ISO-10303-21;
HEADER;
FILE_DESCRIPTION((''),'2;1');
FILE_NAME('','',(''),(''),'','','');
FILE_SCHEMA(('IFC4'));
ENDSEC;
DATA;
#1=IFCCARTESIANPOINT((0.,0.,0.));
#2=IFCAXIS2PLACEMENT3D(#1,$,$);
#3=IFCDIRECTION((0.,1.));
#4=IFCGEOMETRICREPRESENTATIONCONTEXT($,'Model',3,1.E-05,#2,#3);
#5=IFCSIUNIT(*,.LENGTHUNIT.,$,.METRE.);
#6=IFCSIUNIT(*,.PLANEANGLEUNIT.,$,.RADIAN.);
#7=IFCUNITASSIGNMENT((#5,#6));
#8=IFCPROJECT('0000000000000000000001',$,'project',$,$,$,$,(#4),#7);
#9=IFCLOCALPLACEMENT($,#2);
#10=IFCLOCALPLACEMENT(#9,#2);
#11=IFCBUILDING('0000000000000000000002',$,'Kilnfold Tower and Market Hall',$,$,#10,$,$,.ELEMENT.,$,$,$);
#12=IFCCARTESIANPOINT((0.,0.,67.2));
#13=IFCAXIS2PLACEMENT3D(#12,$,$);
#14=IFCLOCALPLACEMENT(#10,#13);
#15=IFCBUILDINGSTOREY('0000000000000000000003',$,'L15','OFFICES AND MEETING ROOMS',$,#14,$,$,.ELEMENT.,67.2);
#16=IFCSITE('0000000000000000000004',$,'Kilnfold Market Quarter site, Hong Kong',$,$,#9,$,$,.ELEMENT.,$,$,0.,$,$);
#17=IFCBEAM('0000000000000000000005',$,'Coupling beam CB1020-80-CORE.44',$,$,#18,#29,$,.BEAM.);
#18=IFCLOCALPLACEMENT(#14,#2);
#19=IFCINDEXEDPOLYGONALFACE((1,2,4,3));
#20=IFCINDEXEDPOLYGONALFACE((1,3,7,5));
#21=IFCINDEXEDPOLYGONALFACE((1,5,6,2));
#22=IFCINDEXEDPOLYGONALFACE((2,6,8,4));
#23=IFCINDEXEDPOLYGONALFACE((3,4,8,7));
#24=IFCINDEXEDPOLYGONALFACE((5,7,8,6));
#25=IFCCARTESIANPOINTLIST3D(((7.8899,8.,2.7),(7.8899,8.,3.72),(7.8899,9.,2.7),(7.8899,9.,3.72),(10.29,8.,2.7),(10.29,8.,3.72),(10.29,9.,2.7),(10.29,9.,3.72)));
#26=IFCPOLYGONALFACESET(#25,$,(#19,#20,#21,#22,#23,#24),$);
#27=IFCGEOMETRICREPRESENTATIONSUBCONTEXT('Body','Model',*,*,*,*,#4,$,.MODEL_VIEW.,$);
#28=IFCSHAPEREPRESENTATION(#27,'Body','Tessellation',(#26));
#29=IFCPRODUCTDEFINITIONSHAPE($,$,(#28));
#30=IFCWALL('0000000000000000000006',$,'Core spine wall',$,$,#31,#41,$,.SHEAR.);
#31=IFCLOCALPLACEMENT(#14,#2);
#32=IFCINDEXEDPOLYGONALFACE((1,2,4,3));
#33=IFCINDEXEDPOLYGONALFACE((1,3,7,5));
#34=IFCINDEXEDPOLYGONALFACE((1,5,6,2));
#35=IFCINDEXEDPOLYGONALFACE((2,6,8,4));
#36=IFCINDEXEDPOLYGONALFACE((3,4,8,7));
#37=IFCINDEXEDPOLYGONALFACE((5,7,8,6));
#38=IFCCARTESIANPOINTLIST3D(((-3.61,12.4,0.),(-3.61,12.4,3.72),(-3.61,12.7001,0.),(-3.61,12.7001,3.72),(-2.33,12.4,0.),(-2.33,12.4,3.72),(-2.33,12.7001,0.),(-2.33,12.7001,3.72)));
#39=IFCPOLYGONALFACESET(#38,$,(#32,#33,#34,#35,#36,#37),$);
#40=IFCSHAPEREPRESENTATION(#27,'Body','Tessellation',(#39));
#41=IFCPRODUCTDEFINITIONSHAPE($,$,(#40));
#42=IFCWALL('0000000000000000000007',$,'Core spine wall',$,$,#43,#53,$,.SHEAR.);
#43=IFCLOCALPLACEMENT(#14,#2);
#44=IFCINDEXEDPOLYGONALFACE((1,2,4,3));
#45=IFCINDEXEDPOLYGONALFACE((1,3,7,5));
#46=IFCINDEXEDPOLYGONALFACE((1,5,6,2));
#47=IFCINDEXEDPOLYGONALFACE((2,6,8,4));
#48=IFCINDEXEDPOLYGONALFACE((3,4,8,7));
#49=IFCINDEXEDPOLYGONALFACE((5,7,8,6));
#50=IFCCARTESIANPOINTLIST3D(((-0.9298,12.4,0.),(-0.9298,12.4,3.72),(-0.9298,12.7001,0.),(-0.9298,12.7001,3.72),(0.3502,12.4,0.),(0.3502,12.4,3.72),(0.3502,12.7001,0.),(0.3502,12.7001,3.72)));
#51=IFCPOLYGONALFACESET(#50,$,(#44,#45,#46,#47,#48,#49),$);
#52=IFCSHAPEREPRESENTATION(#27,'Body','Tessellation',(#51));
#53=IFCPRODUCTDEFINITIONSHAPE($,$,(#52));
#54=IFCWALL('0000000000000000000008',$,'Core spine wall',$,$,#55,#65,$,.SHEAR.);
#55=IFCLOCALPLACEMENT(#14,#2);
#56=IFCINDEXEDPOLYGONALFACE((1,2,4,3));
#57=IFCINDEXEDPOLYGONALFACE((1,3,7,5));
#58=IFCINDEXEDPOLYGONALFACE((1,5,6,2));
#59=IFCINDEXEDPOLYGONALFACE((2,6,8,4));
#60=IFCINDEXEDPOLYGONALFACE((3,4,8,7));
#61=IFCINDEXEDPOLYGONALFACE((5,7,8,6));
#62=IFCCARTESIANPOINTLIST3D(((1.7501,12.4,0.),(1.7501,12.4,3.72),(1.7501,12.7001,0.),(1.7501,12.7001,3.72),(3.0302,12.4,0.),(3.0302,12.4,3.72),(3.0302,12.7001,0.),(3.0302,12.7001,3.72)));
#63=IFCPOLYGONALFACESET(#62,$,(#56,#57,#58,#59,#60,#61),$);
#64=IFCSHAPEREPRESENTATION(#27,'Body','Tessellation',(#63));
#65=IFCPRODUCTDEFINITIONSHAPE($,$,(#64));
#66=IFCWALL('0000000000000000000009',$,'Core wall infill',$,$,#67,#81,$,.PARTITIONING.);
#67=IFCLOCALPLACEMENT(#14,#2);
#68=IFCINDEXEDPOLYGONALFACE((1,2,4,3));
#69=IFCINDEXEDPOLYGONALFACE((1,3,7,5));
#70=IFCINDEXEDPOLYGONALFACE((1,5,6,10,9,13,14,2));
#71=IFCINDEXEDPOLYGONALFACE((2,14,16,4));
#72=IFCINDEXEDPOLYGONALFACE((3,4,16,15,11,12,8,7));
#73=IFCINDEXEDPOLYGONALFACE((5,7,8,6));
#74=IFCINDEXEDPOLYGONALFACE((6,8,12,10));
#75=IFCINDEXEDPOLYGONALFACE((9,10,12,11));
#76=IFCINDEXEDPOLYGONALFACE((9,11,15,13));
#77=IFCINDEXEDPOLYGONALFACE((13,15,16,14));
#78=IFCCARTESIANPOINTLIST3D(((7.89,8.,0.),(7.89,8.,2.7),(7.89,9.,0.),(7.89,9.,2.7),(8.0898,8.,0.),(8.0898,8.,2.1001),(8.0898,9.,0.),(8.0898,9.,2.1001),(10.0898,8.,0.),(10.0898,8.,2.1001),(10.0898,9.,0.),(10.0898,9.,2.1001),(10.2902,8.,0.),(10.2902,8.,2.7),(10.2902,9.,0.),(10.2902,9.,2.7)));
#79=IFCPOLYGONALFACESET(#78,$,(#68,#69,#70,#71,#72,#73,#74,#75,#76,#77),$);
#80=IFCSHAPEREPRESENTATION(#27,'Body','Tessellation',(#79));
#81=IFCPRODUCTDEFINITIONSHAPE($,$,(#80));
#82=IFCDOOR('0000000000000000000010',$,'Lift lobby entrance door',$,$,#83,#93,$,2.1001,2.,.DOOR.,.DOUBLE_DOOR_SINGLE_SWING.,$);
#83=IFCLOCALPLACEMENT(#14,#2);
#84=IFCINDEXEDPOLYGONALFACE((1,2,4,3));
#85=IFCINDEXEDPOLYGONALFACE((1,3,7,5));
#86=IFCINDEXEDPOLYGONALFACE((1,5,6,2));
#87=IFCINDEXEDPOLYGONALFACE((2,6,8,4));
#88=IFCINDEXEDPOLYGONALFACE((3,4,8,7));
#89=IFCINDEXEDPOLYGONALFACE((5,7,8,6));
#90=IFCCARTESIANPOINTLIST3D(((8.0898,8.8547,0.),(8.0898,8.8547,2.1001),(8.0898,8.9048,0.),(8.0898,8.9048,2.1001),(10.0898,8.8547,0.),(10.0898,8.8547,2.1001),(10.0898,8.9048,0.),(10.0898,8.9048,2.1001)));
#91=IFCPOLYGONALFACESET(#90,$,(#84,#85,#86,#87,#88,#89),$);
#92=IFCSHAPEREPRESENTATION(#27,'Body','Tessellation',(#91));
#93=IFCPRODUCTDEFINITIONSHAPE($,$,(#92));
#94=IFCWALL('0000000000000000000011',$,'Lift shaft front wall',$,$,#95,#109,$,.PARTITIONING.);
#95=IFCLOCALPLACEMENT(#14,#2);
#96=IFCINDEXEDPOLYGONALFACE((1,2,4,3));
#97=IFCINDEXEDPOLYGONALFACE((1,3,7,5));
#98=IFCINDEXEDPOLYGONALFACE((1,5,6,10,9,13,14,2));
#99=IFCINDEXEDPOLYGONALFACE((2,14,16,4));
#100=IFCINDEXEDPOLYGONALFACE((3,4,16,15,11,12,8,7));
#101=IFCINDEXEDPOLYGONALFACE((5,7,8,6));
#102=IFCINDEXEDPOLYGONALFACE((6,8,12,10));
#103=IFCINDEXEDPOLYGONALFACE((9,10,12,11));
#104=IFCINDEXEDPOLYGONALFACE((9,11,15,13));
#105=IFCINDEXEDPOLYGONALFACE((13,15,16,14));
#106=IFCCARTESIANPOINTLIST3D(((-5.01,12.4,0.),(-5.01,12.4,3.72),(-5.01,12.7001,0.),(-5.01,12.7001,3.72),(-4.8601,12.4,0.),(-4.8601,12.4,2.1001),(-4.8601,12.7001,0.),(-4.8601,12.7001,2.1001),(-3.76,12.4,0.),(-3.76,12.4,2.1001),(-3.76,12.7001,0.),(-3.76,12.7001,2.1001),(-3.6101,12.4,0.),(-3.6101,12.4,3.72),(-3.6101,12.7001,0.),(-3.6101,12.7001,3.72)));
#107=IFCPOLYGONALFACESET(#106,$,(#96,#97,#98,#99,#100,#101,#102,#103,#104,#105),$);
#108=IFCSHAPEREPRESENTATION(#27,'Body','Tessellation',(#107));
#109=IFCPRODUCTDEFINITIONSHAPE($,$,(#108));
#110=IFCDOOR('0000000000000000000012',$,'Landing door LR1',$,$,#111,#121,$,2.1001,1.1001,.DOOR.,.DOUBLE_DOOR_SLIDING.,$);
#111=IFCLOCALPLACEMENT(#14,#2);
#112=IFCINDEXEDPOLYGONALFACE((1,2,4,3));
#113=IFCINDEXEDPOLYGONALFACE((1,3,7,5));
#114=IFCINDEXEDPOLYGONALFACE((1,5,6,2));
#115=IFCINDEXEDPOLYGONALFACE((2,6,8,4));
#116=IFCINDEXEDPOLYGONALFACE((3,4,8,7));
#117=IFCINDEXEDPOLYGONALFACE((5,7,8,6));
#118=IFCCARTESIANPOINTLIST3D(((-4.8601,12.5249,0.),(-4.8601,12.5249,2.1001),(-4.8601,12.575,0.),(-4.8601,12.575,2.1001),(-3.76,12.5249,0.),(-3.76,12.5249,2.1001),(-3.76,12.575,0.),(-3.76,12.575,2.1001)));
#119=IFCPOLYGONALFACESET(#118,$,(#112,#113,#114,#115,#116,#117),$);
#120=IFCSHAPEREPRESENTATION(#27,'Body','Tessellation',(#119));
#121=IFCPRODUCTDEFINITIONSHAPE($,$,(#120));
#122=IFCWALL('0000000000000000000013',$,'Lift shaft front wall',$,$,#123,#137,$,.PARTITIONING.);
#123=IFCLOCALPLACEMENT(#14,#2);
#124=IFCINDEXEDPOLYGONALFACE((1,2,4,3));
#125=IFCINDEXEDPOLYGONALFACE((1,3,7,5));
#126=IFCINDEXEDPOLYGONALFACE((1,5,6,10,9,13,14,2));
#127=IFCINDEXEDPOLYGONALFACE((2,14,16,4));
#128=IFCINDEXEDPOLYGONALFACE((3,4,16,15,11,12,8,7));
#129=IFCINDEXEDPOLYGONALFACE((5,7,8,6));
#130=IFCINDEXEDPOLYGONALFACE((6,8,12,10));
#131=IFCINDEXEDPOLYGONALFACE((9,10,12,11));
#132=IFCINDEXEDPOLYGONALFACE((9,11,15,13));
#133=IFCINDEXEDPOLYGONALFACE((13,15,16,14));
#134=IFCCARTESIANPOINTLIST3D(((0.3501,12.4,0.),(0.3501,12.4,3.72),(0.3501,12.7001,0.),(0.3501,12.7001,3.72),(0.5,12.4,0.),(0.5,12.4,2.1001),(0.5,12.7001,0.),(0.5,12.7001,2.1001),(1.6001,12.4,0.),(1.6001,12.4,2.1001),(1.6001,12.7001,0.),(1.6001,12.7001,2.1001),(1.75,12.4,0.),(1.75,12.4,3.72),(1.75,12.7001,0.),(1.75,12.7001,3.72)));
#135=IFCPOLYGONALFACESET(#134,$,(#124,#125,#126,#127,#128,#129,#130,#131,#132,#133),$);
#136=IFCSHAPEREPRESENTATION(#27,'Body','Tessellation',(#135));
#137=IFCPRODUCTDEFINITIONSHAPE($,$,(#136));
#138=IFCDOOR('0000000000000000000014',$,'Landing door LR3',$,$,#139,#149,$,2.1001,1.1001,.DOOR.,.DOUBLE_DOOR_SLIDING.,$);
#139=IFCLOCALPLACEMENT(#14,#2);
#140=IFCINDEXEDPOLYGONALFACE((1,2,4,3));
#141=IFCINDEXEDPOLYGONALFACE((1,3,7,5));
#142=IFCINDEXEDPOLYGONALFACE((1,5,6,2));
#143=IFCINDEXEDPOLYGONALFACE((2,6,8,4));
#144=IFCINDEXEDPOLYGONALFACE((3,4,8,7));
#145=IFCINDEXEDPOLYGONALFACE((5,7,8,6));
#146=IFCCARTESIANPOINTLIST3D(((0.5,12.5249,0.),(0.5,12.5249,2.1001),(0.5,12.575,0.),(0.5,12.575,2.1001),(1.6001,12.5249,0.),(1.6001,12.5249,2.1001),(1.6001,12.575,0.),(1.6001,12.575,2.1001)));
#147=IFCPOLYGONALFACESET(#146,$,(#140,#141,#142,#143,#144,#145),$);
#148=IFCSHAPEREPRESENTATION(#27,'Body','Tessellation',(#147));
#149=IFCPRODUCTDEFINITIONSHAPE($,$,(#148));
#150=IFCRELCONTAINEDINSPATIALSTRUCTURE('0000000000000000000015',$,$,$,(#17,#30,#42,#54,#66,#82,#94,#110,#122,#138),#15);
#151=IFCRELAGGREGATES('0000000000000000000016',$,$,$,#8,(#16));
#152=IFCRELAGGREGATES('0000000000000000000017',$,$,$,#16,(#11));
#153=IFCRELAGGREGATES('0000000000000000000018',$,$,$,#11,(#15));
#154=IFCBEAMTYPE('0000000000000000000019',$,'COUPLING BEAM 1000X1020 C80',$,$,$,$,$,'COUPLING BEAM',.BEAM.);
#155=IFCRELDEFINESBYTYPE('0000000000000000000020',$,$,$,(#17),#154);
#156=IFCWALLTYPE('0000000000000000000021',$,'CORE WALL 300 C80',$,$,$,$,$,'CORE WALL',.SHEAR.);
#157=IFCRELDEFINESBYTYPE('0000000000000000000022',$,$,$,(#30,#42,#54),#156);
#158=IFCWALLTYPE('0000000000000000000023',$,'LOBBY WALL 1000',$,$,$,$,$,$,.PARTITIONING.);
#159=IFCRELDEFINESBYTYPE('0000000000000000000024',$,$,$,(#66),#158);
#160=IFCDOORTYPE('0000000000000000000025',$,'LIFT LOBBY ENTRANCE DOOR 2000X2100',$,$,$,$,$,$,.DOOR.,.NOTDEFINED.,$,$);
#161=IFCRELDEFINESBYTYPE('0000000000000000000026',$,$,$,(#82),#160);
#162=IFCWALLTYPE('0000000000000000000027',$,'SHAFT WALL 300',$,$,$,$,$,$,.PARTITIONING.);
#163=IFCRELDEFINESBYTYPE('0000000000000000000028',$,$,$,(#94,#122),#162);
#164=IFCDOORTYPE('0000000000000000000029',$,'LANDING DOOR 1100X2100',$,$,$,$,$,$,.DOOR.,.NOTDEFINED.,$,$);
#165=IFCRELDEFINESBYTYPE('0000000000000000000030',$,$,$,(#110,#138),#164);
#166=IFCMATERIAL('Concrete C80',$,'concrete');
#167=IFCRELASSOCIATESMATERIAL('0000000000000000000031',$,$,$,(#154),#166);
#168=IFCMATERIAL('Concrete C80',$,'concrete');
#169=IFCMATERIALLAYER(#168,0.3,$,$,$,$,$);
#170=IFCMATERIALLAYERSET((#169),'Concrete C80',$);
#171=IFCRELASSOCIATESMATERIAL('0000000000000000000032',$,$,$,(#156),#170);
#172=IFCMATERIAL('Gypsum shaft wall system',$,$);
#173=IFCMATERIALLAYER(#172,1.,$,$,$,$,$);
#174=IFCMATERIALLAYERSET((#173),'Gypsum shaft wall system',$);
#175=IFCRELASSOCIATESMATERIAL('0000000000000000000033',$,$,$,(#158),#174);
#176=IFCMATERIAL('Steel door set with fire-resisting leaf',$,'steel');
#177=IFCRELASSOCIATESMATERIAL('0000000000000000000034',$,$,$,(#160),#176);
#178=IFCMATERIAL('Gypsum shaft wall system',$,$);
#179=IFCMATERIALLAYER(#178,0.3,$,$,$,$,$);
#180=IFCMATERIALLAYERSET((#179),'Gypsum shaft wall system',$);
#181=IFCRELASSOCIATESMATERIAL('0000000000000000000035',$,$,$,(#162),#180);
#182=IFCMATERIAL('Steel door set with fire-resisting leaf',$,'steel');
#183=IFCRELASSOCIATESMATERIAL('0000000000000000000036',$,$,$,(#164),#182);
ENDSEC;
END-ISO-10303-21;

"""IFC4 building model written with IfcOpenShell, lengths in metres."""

from ifc_helpers import new_model, si_unit, direction, frame, frame_2d, origin, origin_2d, place, context, subcontext, project, spatial, rectangle, extrude, source, transform, mapped, material, layer, layer_set, material_profile, profile_set, type_object, element, fill, save


model = new_model("IFC4")

# Units and contexts
model_context = context("Model", 3, precision=1e-05, world=origin(), true_north=direction((0.0, 1.0)))
body_context = subcontext(model_context, "Body", "Model", "MODEL_VIEW")
ifc_project = project(units=[si_unit("LENGTHUNIT", "METRE"), si_unit("PLANEANGLEUNIT", "RADIAN")], contexts=[model_context])

# Site, building, storey
site_placement = place(None, origin())
site = spatial("IfcSite", under=ifc_project, at=site_placement, Name="Kilnfold Market Quarter site, Hong Kong", CompositionType="ELEMENT", RefElevation=0.0)
building_placement = place(site_placement, origin())
building = spatial("IfcBuilding", under=site, at=building_placement, Name="Kilnfold Tower and Market Hall", CompositionType="ELEMENT")
storey_placement = place(building_placement, frame((0.0, 0.0, 67.2)))
storey = spatial("IfcBuildingStorey", under=building, at=storey_placement, Name="L15", Description="OFFICES AND MEETING ROOMS", CompositionType="ELEMENT", Elevation=67.2)

# Beam
ifc_material_1 = material(Name="Concrete C80", Category="concrete")
ifc_material_profile = material_profile(ifc_material_1, rectangle(XDim=1.0, YDim=1.02, at=origin_2d()), Name="RC 1000x1020")
ifc_profile_set = profile_set([ifc_material_profile], Name="Concrete C80")
beam_type = type_object("IfcBeamType", Name="COUPLING BEAM 1000X1020 C80", ElementType="COUPLING BEAM", PredefinedType="BEAM", material=ifc_profile_set)
shared_shape_1 = source(origin(), body_context, "Body", "SweptSolid", [
    extrude(rectangle(XDim=1.0, YDim=1.02, at=origin_2d()), origin(), (0.0, 0.0, 1.0), 2.4001),
])
beam_placement = place(storey_placement, frame((7.8899, 8.5, 3.21), z_axis=(1.0, 0.0, 0.0), x_axis=(0.0, 1.0, 0.0)))
element("IfcBeam", 1, at=beam_placement, inside=storey, type_object=beam_type, Name="Coupling beam CB1020-80-CORE.44", PredefinedType="BEAM", context=body_context, shape_type="MappedRepresentation", body=[
    mapped(shared_shape_1, transform((0.0, 0.0, 0.0))),
])

# Walls
ifc_material_2 = material(Name="Concrete C80", Category="concrete")
ifc_layer_1 = layer(ifc_material_2, 0.3)
ifc_layer_set_1 = layer_set([ifc_layer_1], Name="Concrete C80")
wall_type_1 = type_object("IfcWallType", Name="CORE WALL 300 C80", ElementType="CORE WALL", PredefinedType="SHEAR", material=ifc_layer_set_1)
shared_shape_2 = source(origin(), body_context, "Body", "SweptSolid", [
    extrude(rectangle(XDim=1.28, YDim=0.3, at=frame_2d((0.6401, 0.0))), origin(), (0.0, 0.0, 1.0), 3.72),
])
for number, where, z_axis, x_axis, name in (
    (2, (-3.6101, 12.55, 0.0), (0.0, 0.0, 1.0), (1.0, 0.0, 0.0), "Core spine wall"),
    (3, (-0.9299, 12.55, 0.0), (0.0, 0.0, 1.0), (1.0, 0.0, 0.0), "Core spine wall"),
    (4, (1.75, 12.55, 0.0), (0.0, 0.0, 1.0), (1.0, 0.0, 0.0), "Core spine wall"),
):
    element("IfcWall", number, at=place(storey_placement, frame(where, z_axis=z_axis, x_axis=x_axis)), inside=storey, type_object=wall_type_1, Name=name, PredefinedType="SHEAR", context=body_context, shape_type="MappedRepresentation", body=[
        mapped(shared_shape_2, transform((0.0, 0.0, 0.0))),
    ])

# Walls, openings, doors
ifc_material_3 = material(Name="Gypsum shaft wall system")
ifc_layer_2 = layer(ifc_material_3, 1.0)
ifc_layer_set_2 = layer_set([ifc_layer_2], Name="Gypsum shaft wall system")
wall_type_2 = type_object("IfcWallType", Name="LOBBY WALL 1000", PredefinedType="PARTITIONING", material=ifc_layer_set_2)
shared_shape_3 = source(origin(), body_context, "Body", "SweptSolid", [
    extrude(rectangle(XDim=2.4001, YDim=1.0, at=frame_2d((1.2002, 0.0))), origin(), (0.0, 0.0, 1.0), 2.7),
])
wall_1_placement = place(storey_placement, frame((7.8899, 8.5, 0.0), z_axis=(0.0, 0.0, 1.0), x_axis=(1.0, 0.0, 0.0)))
wall_1 = element("IfcWall", 5, at=wall_1_placement, inside=storey, type_object=wall_type_2, Name="Core wall infill", PredefinedType="PARTITIONING", context=body_context, shape_type="MappedRepresentation", body=[
    mapped(shared_shape_3, transform((0.0, 0.0, 0.0))),
])
opening_1_placement = place(wall_1_placement, frame((0.2, 0.0, 0.0)))
opening_1 = element("IfcOpeningElement", 6, at=opening_1_placement, cuts=wall_1, PredefinedType="OPENING", context=body_context, shape_type="SweptSolid", body=[
    extrude(rectangle(XDim=2.0, YDim=2.1001, at=frame_2d((1.0, 1.05))), frame((0.0, 0.51, 0.0), z_axis=(0.0, -1.0, 0.0), x_axis=(1.0, 0.0, 0.0)), (0.0, 0.0, 1.0), 1.02),
])
ifc_material_4 = material(Name="Steel door set with fire-resisting leaf", Category="steel")
door_type_1 = type_object("IfcDoorType", Name="LIFT LOBBY ENTRANCE DOOR 2000X2100", OperationType="NOTDEFINED", PredefinedType="DOOR", material=ifc_material_4)
door_1_placement = place(opening_1_placement, origin())
door_1 = element("IfcDoor", 7, at=door_1_placement, inside=storey, type_object=door_type_1, Name="Lift lobby entrance door", OperationType="DOUBLE_DOOR_SINGLE_SWING", OverallHeight=2.1001, OverallWidth=2.0, PredefinedType="DOOR", context=body_context, shape_type="SweptSolid", body=[
    extrude(rectangle(XDim=2.0, YDim=2.1001, at=frame_2d((1.0, 1.05))), frame((0.0, 0.4048, 0.0), z_axis=(0.0, -1.0, 0.0), x_axis=(1.0, 0.0, 0.0)), (0.0, 0.0, 1.0), 0.05),
])
fill(opening_1, door_1)
ifc_material_5 = material(Name="Gypsum shaft wall system")
ifc_layer_3 = layer(ifc_material_5, 0.3)
ifc_layer_set_3 = layer_set([ifc_layer_3], Name="Gypsum shaft wall system")
wall_type_3 = type_object("IfcWallType", Name="SHAFT WALL 300", PredefinedType="PARTITIONING", material=ifc_layer_set_3)
shared_shape_4 = source(origin(), body_context, "Body", "SweptSolid", [
    extrude(rectangle(XDim=1.3999, YDim=0.3, at=frame_2d((0.7, 0.0))), origin(), (0.0, 0.0, 1.0), 3.72),
])
wall_2_placement = place(storey_placement, frame((-5.01, 12.55, 0.0), z_axis=(0.0, 0.0, 1.0), x_axis=(1.0, 0.0, 0.0)))
wall_2 = element("IfcWall", 8, at=wall_2_placement, inside=storey, type_object=wall_type_3, Name="Lift shaft front wall", PredefinedType="PARTITIONING", context=body_context, shape_type="MappedRepresentation", body=[
    mapped(shared_shape_4, transform((0.0, 0.0, 0.0))),
])
opening_2_placement = place(wall_2_placement, frame((0.1499, 0.0, 0.0)))
opening_2 = element("IfcOpeningElement", 9, at=opening_2_placement, cuts=wall_2, PredefinedType="OPENING", context=body_context, shape_type="SweptSolid", body=[
    extrude(rectangle(XDim=1.1001, YDim=2.1001, at=frame_2d((0.55, 1.05))), frame((0.0, 0.1602, 0.0), z_axis=(0.0, -1.0, 0.0), x_axis=(1.0, 0.0, 0.0)), (0.0, 0.0, 1.0), 0.3201),
])
ifc_material_6 = material(Name="Steel door set with fire-resisting leaf", Category="steel")
door_type_2 = type_object("IfcDoorType", Name="LANDING DOOR 1100X2100", OperationType="NOTDEFINED", PredefinedType="DOOR", material=ifc_material_6)
door_2_placement = place(opening_2_placement, origin())
door_2 = element("IfcDoor", 10, at=door_2_placement, inside=storey, type_object=door_type_2, Name="Landing door LR1", OperationType="DOUBLE_DOOR_SLIDING", OverallHeight=2.1001, OverallWidth=1.1001, PredefinedType="DOOR", context=body_context, shape_type="SweptSolid", body=[
    extrude(rectangle(XDim=1.1001, YDim=2.1001, at=frame_2d((0.55, 1.05))), frame((0.0, 0.0249, 0.0), z_axis=(0.0, -1.0, 0.0), x_axis=(1.0, 0.0, 0.0)), (0.0, 0.0, 1.0), 0.05),
])
fill(opening_2, door_2)
wall_3_placement = place(storey_placement, frame((0.3501, 12.55, 0.0), z_axis=(0.0, 0.0, 1.0), x_axis=(1.0, 0.0, 0.0)))
wall_3 = element("IfcWall", 11, at=wall_3_placement, inside=storey, type_object=wall_type_3, Name="Lift shaft front wall", PredefinedType="PARTITIONING", context=body_context, shape_type="MappedRepresentation", body=[
    mapped(shared_shape_4, transform((0.0, 0.0, 0.0))),
])
opening_3_placement = place(wall_3_placement, frame((0.1499, 0.0, 0.0)))
opening_3 = element("IfcOpeningElement", 12, at=opening_3_placement, cuts=wall_3, PredefinedType="OPENING", context=body_context, shape_type="SweptSolid", body=[
    extrude(rectangle(XDim=1.1001, YDim=2.1001, at=frame_2d((0.55, 1.05))), frame((0.0, 0.1602, 0.0), z_axis=(0.0, -1.0, 0.0), x_axis=(1.0, 0.0, 0.0)), (0.0, 0.0, 1.0), 0.3201),
])
door_3_placement = place(opening_3_placement, origin())
door_3 = element("IfcDoor", 13, at=door_3_placement, inside=storey, type_object=door_type_2, Name="Landing door LR3", OperationType="DOUBLE_DOOR_SLIDING", OverallHeight=2.1001, OverallWidth=1.1001, PredefinedType="DOOR", context=body_context, shape_type="SweptSolid", body=[
    extrude(rectangle(XDim=1.1001, YDim=2.1001, at=frame_2d((0.55, 1.05))), frame((0.0, 0.0249, 0.0), z_axis=(0.0, -1.0, 0.0), x_axis=(1.0, 0.0, 0.0)), (0.0, 0.0, 1.0), 0.05),
])
fill(opening_3, door_3)

save(model, "model.ifc")
